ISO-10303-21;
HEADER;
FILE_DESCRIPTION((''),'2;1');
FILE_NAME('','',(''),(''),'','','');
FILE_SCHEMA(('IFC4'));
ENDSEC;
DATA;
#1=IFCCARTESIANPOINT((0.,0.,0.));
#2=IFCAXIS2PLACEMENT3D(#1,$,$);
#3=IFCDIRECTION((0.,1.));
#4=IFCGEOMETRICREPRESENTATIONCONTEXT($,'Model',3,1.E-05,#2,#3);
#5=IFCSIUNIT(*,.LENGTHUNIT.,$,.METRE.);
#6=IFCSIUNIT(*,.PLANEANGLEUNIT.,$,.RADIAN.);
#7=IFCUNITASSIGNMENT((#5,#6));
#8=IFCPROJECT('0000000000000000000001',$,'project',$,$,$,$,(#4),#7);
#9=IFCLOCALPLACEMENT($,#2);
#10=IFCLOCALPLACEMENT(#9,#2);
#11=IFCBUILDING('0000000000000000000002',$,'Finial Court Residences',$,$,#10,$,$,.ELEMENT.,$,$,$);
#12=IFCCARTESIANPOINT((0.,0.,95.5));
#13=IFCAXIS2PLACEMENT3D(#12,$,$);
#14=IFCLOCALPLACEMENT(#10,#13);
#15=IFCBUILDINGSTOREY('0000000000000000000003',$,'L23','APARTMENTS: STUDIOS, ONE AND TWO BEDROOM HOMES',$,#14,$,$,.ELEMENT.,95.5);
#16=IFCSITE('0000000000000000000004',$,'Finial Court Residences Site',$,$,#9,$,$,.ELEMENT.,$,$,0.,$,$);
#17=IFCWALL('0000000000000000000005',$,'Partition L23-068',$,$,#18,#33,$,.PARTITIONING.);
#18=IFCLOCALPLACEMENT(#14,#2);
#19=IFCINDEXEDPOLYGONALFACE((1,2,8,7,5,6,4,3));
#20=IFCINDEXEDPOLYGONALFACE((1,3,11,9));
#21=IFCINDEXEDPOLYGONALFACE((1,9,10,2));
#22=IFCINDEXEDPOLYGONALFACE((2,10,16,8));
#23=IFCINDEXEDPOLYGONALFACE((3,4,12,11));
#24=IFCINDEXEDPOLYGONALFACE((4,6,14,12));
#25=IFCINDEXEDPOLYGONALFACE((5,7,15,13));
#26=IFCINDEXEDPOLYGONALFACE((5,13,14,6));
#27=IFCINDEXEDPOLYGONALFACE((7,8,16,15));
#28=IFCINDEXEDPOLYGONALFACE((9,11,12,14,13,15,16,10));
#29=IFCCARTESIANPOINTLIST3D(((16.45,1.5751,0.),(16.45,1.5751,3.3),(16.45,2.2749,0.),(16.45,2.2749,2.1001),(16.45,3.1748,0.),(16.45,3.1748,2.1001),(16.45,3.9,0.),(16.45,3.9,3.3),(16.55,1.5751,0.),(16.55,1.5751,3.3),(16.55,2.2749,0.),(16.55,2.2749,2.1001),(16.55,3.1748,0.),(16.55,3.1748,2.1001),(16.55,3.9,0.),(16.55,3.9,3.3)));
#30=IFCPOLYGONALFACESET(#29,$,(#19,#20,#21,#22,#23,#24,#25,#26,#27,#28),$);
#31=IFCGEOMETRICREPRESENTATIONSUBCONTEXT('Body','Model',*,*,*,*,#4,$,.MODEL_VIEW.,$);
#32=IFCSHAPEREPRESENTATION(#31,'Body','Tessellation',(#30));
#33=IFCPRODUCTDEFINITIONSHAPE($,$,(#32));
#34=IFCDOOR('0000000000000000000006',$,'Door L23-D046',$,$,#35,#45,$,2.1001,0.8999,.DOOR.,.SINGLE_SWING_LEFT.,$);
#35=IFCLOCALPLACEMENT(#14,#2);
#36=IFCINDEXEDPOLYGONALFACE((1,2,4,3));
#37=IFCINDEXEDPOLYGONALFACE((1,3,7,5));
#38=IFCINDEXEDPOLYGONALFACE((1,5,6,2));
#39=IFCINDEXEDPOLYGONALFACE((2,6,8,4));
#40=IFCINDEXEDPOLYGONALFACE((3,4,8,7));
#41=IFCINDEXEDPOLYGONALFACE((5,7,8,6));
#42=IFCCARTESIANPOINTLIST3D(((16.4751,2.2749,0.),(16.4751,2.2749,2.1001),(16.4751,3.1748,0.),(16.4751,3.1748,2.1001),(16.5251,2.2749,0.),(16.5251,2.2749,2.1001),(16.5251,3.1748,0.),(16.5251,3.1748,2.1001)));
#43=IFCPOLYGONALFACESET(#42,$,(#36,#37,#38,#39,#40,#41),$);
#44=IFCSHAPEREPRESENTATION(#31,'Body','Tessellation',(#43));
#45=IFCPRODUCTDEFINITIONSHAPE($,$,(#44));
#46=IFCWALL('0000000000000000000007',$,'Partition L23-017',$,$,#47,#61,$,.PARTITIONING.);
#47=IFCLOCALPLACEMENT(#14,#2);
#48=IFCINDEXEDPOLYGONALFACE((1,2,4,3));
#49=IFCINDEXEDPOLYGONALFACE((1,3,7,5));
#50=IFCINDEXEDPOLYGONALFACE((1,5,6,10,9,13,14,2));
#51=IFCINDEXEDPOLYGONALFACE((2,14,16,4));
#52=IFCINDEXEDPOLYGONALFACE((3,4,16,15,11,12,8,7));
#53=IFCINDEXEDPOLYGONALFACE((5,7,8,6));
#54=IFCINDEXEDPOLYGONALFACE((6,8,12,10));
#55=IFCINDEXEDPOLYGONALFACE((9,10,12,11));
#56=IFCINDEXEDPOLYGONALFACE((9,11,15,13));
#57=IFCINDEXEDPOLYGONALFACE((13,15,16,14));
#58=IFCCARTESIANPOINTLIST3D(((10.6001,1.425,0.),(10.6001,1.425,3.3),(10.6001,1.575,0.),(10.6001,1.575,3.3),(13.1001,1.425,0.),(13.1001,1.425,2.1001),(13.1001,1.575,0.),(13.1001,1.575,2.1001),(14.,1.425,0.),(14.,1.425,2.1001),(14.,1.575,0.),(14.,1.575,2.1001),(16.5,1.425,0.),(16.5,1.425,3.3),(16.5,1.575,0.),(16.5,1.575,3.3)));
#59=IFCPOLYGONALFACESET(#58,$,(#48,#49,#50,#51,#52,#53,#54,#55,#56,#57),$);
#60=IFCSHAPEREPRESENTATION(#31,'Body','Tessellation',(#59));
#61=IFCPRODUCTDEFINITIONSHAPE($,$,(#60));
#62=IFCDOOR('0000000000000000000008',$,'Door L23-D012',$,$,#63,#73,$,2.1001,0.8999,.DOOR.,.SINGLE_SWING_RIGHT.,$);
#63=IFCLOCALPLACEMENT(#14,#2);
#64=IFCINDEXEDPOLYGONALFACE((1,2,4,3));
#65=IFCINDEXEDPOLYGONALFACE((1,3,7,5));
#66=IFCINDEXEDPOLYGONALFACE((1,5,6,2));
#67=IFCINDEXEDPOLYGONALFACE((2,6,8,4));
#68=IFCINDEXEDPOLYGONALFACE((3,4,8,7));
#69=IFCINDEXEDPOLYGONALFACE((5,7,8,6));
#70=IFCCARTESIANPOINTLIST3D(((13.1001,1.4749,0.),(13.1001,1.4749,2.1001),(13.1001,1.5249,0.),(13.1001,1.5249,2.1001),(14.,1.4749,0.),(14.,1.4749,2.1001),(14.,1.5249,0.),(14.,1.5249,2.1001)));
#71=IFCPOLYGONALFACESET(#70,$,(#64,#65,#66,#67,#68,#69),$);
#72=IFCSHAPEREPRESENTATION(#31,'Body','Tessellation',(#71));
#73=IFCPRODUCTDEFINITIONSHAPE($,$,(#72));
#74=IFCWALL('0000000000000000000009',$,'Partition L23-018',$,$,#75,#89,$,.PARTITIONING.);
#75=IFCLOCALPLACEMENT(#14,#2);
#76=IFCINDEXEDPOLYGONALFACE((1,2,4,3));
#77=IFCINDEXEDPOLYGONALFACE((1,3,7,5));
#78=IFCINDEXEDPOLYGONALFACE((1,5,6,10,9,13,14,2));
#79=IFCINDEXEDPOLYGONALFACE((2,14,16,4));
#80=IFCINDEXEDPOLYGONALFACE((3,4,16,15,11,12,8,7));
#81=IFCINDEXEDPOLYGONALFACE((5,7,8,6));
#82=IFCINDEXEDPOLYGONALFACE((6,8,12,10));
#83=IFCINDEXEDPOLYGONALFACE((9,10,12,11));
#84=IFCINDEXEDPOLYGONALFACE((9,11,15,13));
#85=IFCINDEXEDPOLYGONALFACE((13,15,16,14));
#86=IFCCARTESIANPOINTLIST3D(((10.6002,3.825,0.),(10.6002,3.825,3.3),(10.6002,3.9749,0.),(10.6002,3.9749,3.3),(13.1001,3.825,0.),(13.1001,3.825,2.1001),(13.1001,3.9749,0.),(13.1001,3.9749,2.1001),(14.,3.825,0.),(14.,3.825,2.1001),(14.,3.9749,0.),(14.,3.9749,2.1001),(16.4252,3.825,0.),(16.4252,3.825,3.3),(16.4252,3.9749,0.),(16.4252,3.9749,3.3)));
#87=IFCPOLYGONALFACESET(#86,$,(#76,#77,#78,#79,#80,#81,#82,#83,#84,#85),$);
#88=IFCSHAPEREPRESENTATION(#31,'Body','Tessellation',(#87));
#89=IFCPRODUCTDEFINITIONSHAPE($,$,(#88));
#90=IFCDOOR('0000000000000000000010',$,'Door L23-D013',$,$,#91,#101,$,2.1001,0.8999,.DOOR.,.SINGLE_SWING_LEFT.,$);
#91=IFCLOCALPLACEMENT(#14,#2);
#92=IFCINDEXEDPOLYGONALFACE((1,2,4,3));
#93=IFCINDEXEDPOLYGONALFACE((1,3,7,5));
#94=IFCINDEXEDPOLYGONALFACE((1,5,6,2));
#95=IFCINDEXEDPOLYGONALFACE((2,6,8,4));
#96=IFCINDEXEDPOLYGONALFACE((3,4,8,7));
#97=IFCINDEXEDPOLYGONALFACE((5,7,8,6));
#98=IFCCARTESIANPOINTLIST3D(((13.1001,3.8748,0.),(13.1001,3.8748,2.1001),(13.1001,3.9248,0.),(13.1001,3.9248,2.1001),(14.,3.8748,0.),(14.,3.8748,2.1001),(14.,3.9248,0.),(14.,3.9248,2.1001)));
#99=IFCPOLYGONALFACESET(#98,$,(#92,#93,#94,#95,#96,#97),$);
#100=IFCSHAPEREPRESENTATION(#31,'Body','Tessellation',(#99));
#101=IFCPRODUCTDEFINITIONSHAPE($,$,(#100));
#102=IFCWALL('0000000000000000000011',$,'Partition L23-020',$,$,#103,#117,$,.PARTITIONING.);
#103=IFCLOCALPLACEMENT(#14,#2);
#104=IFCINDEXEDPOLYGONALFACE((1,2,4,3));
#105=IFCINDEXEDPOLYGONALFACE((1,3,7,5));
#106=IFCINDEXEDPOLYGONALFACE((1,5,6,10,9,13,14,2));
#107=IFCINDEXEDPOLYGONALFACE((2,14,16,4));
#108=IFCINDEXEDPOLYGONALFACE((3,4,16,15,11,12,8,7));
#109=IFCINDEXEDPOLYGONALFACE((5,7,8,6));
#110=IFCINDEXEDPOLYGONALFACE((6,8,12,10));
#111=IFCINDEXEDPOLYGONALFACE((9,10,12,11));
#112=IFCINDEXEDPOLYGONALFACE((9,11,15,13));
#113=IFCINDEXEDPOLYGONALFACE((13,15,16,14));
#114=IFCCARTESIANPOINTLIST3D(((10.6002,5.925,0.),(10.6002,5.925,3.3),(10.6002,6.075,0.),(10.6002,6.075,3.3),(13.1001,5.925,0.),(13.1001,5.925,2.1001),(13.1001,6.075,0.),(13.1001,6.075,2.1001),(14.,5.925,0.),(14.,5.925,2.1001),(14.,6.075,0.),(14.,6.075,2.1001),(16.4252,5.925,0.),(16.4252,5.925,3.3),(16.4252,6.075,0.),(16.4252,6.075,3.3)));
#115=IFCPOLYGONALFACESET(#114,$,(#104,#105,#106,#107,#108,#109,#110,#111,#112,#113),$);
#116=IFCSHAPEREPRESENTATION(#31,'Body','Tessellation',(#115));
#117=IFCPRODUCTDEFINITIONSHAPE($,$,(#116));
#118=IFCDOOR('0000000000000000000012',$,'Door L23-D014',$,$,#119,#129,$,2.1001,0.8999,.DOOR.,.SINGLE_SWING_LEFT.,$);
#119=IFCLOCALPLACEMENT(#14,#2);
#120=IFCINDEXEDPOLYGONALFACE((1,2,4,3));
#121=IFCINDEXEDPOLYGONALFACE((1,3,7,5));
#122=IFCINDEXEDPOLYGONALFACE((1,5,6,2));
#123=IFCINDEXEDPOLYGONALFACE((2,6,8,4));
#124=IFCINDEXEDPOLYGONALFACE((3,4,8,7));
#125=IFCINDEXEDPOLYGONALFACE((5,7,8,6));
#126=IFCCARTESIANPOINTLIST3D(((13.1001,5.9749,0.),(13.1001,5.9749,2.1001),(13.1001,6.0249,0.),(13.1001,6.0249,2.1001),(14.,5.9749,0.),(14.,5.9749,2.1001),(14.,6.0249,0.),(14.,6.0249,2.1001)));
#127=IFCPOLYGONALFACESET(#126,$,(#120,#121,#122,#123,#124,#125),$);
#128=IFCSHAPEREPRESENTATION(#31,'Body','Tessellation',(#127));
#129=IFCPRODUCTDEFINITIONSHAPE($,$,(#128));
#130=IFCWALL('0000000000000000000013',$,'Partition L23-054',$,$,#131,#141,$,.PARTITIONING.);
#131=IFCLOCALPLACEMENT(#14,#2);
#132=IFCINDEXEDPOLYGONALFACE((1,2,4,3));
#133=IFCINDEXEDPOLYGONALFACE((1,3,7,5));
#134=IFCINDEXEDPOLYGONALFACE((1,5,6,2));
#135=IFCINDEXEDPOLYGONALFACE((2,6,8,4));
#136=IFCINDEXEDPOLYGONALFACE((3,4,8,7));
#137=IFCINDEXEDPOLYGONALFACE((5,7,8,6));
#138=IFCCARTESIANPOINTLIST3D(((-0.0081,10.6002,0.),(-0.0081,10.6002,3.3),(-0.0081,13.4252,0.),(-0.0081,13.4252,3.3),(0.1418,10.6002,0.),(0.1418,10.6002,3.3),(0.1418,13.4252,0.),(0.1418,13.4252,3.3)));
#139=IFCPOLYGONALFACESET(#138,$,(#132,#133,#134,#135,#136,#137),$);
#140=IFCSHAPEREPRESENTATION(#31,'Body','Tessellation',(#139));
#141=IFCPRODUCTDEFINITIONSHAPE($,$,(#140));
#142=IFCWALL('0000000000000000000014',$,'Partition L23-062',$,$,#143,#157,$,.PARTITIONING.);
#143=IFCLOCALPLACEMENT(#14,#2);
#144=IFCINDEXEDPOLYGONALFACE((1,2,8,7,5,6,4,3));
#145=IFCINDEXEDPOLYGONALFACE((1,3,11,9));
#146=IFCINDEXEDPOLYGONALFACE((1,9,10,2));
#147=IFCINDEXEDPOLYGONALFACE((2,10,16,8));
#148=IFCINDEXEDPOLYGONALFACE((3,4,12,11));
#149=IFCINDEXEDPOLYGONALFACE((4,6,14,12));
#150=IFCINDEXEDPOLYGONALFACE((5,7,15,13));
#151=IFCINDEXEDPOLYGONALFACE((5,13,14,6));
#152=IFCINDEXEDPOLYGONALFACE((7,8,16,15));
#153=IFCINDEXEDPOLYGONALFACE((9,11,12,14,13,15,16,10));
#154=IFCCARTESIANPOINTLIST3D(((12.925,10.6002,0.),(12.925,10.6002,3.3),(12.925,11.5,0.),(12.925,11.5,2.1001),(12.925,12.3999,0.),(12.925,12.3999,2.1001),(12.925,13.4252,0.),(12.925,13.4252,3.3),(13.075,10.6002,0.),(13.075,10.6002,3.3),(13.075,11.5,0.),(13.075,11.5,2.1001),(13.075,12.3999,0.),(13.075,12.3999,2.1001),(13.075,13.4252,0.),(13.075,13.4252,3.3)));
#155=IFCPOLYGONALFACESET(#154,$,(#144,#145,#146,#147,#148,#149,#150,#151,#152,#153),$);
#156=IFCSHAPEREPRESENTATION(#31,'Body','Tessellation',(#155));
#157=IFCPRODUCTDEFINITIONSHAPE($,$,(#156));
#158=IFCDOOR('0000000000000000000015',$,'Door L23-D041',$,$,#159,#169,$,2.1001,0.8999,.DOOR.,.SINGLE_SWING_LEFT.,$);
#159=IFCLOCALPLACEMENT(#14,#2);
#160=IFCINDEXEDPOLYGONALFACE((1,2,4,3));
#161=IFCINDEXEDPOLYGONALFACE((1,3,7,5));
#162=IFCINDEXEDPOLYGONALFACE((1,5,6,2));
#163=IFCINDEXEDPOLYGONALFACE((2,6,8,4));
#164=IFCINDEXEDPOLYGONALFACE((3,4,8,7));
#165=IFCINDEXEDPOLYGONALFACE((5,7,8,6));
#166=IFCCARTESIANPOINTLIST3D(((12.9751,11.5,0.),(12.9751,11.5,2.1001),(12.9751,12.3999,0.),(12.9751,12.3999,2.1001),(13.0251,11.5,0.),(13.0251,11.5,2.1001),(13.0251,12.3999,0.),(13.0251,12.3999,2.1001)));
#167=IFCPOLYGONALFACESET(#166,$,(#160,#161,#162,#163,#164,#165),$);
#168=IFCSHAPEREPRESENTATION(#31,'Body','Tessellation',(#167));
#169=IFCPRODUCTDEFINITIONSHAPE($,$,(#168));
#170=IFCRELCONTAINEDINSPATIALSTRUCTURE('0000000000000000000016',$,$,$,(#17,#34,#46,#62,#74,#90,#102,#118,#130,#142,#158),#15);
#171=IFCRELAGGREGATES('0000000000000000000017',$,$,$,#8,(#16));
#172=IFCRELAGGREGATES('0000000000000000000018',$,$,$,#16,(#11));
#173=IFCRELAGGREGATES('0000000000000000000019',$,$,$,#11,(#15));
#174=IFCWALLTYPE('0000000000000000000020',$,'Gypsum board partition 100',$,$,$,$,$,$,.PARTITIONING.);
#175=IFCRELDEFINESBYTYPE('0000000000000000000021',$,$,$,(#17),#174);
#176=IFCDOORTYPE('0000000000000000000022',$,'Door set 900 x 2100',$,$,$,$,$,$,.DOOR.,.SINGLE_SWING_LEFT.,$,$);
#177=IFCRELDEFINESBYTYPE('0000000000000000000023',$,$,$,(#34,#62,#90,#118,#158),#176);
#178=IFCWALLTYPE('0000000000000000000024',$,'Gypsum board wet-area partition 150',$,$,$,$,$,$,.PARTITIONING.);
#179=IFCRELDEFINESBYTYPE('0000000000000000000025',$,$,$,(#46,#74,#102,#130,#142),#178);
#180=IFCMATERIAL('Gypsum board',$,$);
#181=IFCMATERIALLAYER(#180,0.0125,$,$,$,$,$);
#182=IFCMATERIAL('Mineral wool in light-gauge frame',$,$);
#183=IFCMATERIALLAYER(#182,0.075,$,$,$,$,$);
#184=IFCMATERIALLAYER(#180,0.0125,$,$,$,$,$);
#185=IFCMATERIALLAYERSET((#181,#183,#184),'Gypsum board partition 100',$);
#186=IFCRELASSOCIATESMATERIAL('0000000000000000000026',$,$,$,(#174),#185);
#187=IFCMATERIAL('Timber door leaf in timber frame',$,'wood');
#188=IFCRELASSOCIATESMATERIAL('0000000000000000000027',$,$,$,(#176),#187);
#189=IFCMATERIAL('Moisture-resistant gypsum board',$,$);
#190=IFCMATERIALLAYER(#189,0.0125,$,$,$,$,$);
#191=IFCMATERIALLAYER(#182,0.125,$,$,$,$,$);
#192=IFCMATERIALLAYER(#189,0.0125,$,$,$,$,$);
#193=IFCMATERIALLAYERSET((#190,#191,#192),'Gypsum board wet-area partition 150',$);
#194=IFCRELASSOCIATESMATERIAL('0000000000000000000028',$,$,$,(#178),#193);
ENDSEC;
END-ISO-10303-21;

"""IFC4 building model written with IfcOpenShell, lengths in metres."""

from ifc_helpers import new_model, si_unit, direction, frame, frame_2d, origin, place, context, subcontext, project, spatial, rectangle, extrude, material, layer, layer_set, type_object, element, fill, save


model = new_model("IFC4")

# Units and contexts
model_context = context("Model", 3, precision=1e-05, world=origin(), true_north=direction((0.0, 1.0)))
body_context = subcontext(model_context, "Body", "Model", "MODEL_VIEW")
ifc_project = project(units=[si_unit("LENGTHUNIT", "METRE"), si_unit("PLANEANGLEUNIT", "RADIAN")], contexts=[model_context])

# Site, building, storey
site_placement = place(None, origin())
site = spatial("IfcSite", under=ifc_project, at=site_placement, Name="Finial Court Residences Site", CompositionType="ELEMENT", RefElevation=0.0)
building_placement = place(site_placement, origin())
building = spatial("IfcBuilding", under=site, at=building_placement, Name="Finial Court Residences", CompositionType="ELEMENT")
storey_placement = place(building_placement, frame((0.0, 0.0, 95.5)))
storey = spatial("IfcBuildingStorey", under=building, at=storey_placement, Name="L23", Description="APARTMENTS: STUDIOS, ONE AND TWO BEDROOM HOMES", CompositionType="ELEMENT", Elevation=95.5)

# Shared definitions
ifc_material_1 = material(Name="Gypsum board")

# Walls, openings, doors
ifc_layer_1 = layer(ifc_material_1, 0.0125)
ifc_material_2 = material(Name="Mineral wool in light-gauge frame")
ifc_layer_2 = layer(ifc_material_2, 0.075)
ifc_layer_3 = layer(ifc_material_1, 0.0125)
ifc_layer_set_1 = layer_set([ifc_layer_1, ifc_layer_2, ifc_layer_3], Name="Gypsum board partition 100")
wall_type_1 = type_object("IfcWallType", Name="Gypsum board partition 100", PredefinedType="PARTITIONING", material=ifc_layer_set_1)
ifc_material_3 = material(Name="Timber door leaf in timber frame", Category="wood")
door_type = type_object("IfcDoorType", Name="Door set 900 x 2100", OperationType="SINGLE_SWING_LEFT", PredefinedType="DOOR", material=ifc_material_3)
wall_1_placement = place(storey_placement, frame((16.5, 1.575, 0.0), z_axis=(0.0, 0.0, 1.0), x_axis=(0.0, 1.0, 0.0)))
wall_1 = element("IfcWall", 1, at=wall_1_placement, inside=storey, type_object=wall_type_1, Name="Partition L23-068", PredefinedType="PARTITIONING", context=body_context, shape_type="SweptSolid", body=[
    extrude(rectangle(XDim=2.325, YDim=0.1001, at=frame_2d((1.1626, 0.0))), origin(), (0.0, 0.0, 1.0), 3.3),
])
opening_1_placement = place(wall_1_placement, frame((0.7, 0.0, 0.0)))
opening_1 = element("IfcOpeningElement", 2, at=opening_1_placement, cuts=wall_1, PredefinedType="OPENING", context=body_context, shape_type="SweptSolid", body=[
    extrude(rectangle(XDim=0.8999, YDim=2.1001, at=frame_2d((0.45, 1.05))), frame((0.0, 0.0601, 0.0), z_axis=(0.0, -1.0, 0.0), x_axis=(1.0, 0.0, 0.0)), (0.0, 0.0, 1.0), 0.1201),
])
door_1_placement = place(opening_1_placement, origin())
door_1 = element("IfcDoor", 3, at=door_1_placement, inside=storey, type_object=door_type, Name="Door L23-D046", OperationType="SINGLE_SWING_LEFT", OverallHeight=2.1001, OverallWidth=0.8999, PredefinedType="DOOR", context=body_context, shape_type="SweptSolid", body=[
    extrude(rectangle(XDim=0.8999, YDim=2.1001, at=frame_2d((0.45, 1.05))), frame((0.0, 0.0249, 0.0), z_axis=(0.0, -1.0, 0.0), x_axis=(1.0, 0.0, 0.0)), (0.0, 0.0, 1.0), 0.05),
])
fill(opening_1, door_1)
ifc_material_4 = material(Name="Moisture-resistant gypsum board")
ifc_layer_4 = layer(ifc_material_4, 0.0125)
ifc_layer_5 = layer(ifc_material_2, 0.125)
ifc_layer_6 = layer(ifc_material_4, 0.0125)
ifc_layer_set_2 = layer_set([ifc_layer_4, ifc_layer_5, ifc_layer_6], Name="Gypsum board wet-area partition 150")
wall_type_2 = type_object("IfcWallType", Name="Gypsum board wet-area partition 150", PredefinedType="PARTITIONING", material=ifc_layer_set_2)
wall_2_placement = place(storey_placement, frame((10.6001, 1.5, 0.0), z_axis=(0.0, 0.0, 1.0), x_axis=(1.0, 0.0, 0.0)))
wall_2 = element("IfcWall", 4, at=wall_2_placement, inside=storey, type_object=wall_type_2, Name="Partition L23-017", PredefinedType="PARTITIONING", context=body_context, shape_type="SweptSolid", body=[
    extrude(rectangle(XDim=5.8999, YDim=0.1499, at=frame_2d((2.95, 0.0))), origin(), (0.0, 0.0, 1.0), 3.3),
])
opening_2_placement = place(wall_2_placement, frame((2.5, 0.0, 0.0)))
opening_2 = element("IfcOpeningElement", 5, at=opening_2_placement, cuts=wall_2, PredefinedType="OPENING", context=body_context, shape_type="SweptSolid", body=[
    extrude(rectangle(XDim=0.8999, YDim=2.1001, at=frame_2d((0.45, 1.05))), frame((0.0, 0.085, 0.0), z_axis=(0.0, -1.0, 0.0), x_axis=(1.0, 0.0, 0.0)), (0.0, 0.0, 1.0), 0.1699),
])
door_2_placement = place(opening_2_placement, origin())
door_2 = element("IfcDoor", 6, at=door_2_placement, inside=storey, type_object=door_type, Name="Door L23-D012", OperationType="SINGLE_SWING_RIGHT", OverallHeight=2.1001, OverallWidth=0.8999, PredefinedType="DOOR", context=body_context, shape_type="SweptSolid", body=[
    extrude(rectangle(XDim=0.8999, YDim=2.1001, at=frame_2d((0.45, 1.05))), frame((0.0, 0.0249, 0.0), z_axis=(0.0, -1.0, 0.0), x_axis=(1.0, 0.0, 0.0)), (0.0, 0.0, 1.0), 0.05),
])
fill(opening_2, door_2)
wall_3_placement = place(storey_placement, frame((10.6001, 3.8999, 0.0), z_axis=(0.0, 0.0, 1.0), x_axis=(1.0, 0.0, 0.0)))
wall_3 = element("IfcWall", 7, at=wall_3_placement, inside=storey, type_object=wall_type_2, Name="Partition L23-018", PredefinedType="PARTITIONING", context=body_context, shape_type="SweptSolid", body=[
    extrude(rectangle(XDim=5.825, YDim=0.1499, at=frame_2d((2.9126, 0.0))), origin(), (0.0, 0.0, 1.0), 3.3),
])
opening_3_placement = place(wall_3_placement, frame((2.5, 0.0, 0.0)))
opening_3 = element("IfcOpeningElement", 8, at=opening_3_placement, cuts=wall_3, PredefinedType="OPENING", context=body_context, shape_type="SweptSolid", body=[
    extrude(rectangle(XDim=0.8999, YDim=2.1001, at=frame_2d((0.45, 1.05))), frame((0.0, 0.085, 0.0), z_axis=(0.0, -1.0, 0.0), x_axis=(1.0, 0.0, 0.0)), (0.0, 0.0, 1.0), 0.1699),
])
door_3_placement = place(opening_3_placement, origin())
door_3 = element("IfcDoor", 9, at=door_3_placement, inside=storey, type_object=door_type, Name="Door L23-D013", OperationType="SINGLE_SWING_LEFT", OverallHeight=2.1001, OverallWidth=0.8999, PredefinedType="DOOR", context=body_context, shape_type="SweptSolid", body=[
    extrude(rectangle(XDim=0.8999, YDim=2.1001, at=frame_2d((0.45, 1.05))), frame((0.0, 0.0249, 0.0), z_axis=(0.0, -1.0, 0.0), x_axis=(1.0, 0.0, 0.0)), (0.0, 0.0, 1.0), 0.05),
])
fill(opening_3, door_3)
wall_4_placement = place(storey_placement, frame((10.6001, 6.0, 0.0), z_axis=(0.0, 0.0, 1.0), x_axis=(1.0, 0.0, 0.0)))
wall_4 = element("IfcWall", 10, at=wall_4_placement, inside=storey, type_object=wall_type_2, Name="Partition L23-020", PredefinedType="PARTITIONING", context=body_context, shape_type="SweptSolid", body=[
    extrude(rectangle(XDim=5.825, YDim=0.1499, at=frame_2d((2.9126, 0.0))), origin(), (0.0, 0.0, 1.0), 3.3),
])
opening_4_placement = place(wall_4_placement, frame((2.5, 0.0, 0.0)))
opening_4 = element("IfcOpeningElement", 11, at=opening_4_placement, cuts=wall_4, PredefinedType="OPENING", context=body_context, shape_type="SweptSolid", body=[
    extrude(rectangle(XDim=0.8999, YDim=2.1001, at=frame_2d((0.45, 1.05))), frame((0.0, 0.085, 0.0), z_axis=(0.0, -1.0, 0.0), x_axis=(1.0, 0.0, 0.0)), (0.0, 0.0, 1.0), 0.1699),
])
door_4_placement = place(opening_4_placement, origin())
door_4 = element("IfcDoor", 12, at=door_4_placement, inside=storey, type_object=door_type, Name="Door L23-D014", OperationType="SINGLE_SWING_LEFT", OverallHeight=2.1001, OverallWidth=0.8999, PredefinedType="DOOR", context=body_context, shape_type="SweptSolid", body=[
    extrude(rectangle(XDim=0.8999, YDim=2.1001, at=frame_2d((0.45, 1.05))), frame((0.0, 0.0249, 0.0), z_axis=(0.0, -1.0, 0.0), x_axis=(1.0, 0.0, 0.0)), (0.0, 0.0, 1.0), 0.05),
])
fill(opening_4, door_4)

# Wall
wall_5_placement = place(storey_placement, frame((0.0669, 10.6001, 0.0), z_axis=(0.0, 0.0, 1.0), x_axis=(0.0, 1.0, 0.0)))
element("IfcWall", 13, at=wall_5_placement, inside=storey, type_object=wall_type_2, Name="Partition L23-054", PredefinedType="PARTITIONING", context=body_context, shape_type="SweptSolid", body=[
    extrude(rectangle(XDim=2.825, YDim=0.1499, at=frame_2d((1.4126, 0.0))), origin(), (0.0, 0.0, 1.0), 3.3),
])

# Wall, opening, door
wall_6_placement = place(storey_placement, frame((13.0, 10.6001, 0.0), z_axis=(0.0, 0.0, 1.0), x_axis=(0.0, 1.0, 0.0)))
wall_6 = element("IfcWall", 14, at=wall_6_placement, inside=storey, type_object=wall_type_2, Name="Partition L23-062", PredefinedType="PARTITIONING", context=body_context, shape_type="SweptSolid", body=[
    extrude(rectangle(XDim=2.825, YDim=0.1499, at=frame_2d((1.4126, 0.0))), origin(), (0.0, 0.0, 1.0), 3.3),
])
opening_5_placement = place(wall_6_placement, frame((0.8999, 0.0, 0.0)))
opening_5 = element("IfcOpeningElement", 15, at=opening_5_placement, cuts=wall_6, PredefinedType="OPENING", context=body_context, shape_type="SweptSolid", body=[
    extrude(rectangle(XDim=0.8999, YDim=2.1001, at=frame_2d((0.45, 1.05))), frame((0.0, 0.085, 0.0), z_axis=(0.0, -1.0, 0.0), x_axis=(1.0, 0.0, 0.0)), (0.0, 0.0, 1.0), 0.1699),
])
door_5_placement = place(opening_5_placement, origin())
door_5 = element("IfcDoor", 16, at=door_5_placement, inside=storey, type_object=door_type, Name="Door L23-D041", OperationType="SINGLE_SWING_LEFT", OverallHeight=2.1001, OverallWidth=0.8999, PredefinedType="DOOR", context=body_context, shape_type="SweptSolid", body=[
    extrude(rectangle(XDim=0.8999, YDim=2.1001, at=frame_2d((0.45, 1.05))), frame((0.0, 0.0249, 0.0), z_axis=(0.0, -1.0, 0.0), x_axis=(1.0, 0.0, 0.0)), (0.0, 0.0, 1.0), 0.05),
])
fill(opening_5, door_5)

save(model, "model.ifc")
